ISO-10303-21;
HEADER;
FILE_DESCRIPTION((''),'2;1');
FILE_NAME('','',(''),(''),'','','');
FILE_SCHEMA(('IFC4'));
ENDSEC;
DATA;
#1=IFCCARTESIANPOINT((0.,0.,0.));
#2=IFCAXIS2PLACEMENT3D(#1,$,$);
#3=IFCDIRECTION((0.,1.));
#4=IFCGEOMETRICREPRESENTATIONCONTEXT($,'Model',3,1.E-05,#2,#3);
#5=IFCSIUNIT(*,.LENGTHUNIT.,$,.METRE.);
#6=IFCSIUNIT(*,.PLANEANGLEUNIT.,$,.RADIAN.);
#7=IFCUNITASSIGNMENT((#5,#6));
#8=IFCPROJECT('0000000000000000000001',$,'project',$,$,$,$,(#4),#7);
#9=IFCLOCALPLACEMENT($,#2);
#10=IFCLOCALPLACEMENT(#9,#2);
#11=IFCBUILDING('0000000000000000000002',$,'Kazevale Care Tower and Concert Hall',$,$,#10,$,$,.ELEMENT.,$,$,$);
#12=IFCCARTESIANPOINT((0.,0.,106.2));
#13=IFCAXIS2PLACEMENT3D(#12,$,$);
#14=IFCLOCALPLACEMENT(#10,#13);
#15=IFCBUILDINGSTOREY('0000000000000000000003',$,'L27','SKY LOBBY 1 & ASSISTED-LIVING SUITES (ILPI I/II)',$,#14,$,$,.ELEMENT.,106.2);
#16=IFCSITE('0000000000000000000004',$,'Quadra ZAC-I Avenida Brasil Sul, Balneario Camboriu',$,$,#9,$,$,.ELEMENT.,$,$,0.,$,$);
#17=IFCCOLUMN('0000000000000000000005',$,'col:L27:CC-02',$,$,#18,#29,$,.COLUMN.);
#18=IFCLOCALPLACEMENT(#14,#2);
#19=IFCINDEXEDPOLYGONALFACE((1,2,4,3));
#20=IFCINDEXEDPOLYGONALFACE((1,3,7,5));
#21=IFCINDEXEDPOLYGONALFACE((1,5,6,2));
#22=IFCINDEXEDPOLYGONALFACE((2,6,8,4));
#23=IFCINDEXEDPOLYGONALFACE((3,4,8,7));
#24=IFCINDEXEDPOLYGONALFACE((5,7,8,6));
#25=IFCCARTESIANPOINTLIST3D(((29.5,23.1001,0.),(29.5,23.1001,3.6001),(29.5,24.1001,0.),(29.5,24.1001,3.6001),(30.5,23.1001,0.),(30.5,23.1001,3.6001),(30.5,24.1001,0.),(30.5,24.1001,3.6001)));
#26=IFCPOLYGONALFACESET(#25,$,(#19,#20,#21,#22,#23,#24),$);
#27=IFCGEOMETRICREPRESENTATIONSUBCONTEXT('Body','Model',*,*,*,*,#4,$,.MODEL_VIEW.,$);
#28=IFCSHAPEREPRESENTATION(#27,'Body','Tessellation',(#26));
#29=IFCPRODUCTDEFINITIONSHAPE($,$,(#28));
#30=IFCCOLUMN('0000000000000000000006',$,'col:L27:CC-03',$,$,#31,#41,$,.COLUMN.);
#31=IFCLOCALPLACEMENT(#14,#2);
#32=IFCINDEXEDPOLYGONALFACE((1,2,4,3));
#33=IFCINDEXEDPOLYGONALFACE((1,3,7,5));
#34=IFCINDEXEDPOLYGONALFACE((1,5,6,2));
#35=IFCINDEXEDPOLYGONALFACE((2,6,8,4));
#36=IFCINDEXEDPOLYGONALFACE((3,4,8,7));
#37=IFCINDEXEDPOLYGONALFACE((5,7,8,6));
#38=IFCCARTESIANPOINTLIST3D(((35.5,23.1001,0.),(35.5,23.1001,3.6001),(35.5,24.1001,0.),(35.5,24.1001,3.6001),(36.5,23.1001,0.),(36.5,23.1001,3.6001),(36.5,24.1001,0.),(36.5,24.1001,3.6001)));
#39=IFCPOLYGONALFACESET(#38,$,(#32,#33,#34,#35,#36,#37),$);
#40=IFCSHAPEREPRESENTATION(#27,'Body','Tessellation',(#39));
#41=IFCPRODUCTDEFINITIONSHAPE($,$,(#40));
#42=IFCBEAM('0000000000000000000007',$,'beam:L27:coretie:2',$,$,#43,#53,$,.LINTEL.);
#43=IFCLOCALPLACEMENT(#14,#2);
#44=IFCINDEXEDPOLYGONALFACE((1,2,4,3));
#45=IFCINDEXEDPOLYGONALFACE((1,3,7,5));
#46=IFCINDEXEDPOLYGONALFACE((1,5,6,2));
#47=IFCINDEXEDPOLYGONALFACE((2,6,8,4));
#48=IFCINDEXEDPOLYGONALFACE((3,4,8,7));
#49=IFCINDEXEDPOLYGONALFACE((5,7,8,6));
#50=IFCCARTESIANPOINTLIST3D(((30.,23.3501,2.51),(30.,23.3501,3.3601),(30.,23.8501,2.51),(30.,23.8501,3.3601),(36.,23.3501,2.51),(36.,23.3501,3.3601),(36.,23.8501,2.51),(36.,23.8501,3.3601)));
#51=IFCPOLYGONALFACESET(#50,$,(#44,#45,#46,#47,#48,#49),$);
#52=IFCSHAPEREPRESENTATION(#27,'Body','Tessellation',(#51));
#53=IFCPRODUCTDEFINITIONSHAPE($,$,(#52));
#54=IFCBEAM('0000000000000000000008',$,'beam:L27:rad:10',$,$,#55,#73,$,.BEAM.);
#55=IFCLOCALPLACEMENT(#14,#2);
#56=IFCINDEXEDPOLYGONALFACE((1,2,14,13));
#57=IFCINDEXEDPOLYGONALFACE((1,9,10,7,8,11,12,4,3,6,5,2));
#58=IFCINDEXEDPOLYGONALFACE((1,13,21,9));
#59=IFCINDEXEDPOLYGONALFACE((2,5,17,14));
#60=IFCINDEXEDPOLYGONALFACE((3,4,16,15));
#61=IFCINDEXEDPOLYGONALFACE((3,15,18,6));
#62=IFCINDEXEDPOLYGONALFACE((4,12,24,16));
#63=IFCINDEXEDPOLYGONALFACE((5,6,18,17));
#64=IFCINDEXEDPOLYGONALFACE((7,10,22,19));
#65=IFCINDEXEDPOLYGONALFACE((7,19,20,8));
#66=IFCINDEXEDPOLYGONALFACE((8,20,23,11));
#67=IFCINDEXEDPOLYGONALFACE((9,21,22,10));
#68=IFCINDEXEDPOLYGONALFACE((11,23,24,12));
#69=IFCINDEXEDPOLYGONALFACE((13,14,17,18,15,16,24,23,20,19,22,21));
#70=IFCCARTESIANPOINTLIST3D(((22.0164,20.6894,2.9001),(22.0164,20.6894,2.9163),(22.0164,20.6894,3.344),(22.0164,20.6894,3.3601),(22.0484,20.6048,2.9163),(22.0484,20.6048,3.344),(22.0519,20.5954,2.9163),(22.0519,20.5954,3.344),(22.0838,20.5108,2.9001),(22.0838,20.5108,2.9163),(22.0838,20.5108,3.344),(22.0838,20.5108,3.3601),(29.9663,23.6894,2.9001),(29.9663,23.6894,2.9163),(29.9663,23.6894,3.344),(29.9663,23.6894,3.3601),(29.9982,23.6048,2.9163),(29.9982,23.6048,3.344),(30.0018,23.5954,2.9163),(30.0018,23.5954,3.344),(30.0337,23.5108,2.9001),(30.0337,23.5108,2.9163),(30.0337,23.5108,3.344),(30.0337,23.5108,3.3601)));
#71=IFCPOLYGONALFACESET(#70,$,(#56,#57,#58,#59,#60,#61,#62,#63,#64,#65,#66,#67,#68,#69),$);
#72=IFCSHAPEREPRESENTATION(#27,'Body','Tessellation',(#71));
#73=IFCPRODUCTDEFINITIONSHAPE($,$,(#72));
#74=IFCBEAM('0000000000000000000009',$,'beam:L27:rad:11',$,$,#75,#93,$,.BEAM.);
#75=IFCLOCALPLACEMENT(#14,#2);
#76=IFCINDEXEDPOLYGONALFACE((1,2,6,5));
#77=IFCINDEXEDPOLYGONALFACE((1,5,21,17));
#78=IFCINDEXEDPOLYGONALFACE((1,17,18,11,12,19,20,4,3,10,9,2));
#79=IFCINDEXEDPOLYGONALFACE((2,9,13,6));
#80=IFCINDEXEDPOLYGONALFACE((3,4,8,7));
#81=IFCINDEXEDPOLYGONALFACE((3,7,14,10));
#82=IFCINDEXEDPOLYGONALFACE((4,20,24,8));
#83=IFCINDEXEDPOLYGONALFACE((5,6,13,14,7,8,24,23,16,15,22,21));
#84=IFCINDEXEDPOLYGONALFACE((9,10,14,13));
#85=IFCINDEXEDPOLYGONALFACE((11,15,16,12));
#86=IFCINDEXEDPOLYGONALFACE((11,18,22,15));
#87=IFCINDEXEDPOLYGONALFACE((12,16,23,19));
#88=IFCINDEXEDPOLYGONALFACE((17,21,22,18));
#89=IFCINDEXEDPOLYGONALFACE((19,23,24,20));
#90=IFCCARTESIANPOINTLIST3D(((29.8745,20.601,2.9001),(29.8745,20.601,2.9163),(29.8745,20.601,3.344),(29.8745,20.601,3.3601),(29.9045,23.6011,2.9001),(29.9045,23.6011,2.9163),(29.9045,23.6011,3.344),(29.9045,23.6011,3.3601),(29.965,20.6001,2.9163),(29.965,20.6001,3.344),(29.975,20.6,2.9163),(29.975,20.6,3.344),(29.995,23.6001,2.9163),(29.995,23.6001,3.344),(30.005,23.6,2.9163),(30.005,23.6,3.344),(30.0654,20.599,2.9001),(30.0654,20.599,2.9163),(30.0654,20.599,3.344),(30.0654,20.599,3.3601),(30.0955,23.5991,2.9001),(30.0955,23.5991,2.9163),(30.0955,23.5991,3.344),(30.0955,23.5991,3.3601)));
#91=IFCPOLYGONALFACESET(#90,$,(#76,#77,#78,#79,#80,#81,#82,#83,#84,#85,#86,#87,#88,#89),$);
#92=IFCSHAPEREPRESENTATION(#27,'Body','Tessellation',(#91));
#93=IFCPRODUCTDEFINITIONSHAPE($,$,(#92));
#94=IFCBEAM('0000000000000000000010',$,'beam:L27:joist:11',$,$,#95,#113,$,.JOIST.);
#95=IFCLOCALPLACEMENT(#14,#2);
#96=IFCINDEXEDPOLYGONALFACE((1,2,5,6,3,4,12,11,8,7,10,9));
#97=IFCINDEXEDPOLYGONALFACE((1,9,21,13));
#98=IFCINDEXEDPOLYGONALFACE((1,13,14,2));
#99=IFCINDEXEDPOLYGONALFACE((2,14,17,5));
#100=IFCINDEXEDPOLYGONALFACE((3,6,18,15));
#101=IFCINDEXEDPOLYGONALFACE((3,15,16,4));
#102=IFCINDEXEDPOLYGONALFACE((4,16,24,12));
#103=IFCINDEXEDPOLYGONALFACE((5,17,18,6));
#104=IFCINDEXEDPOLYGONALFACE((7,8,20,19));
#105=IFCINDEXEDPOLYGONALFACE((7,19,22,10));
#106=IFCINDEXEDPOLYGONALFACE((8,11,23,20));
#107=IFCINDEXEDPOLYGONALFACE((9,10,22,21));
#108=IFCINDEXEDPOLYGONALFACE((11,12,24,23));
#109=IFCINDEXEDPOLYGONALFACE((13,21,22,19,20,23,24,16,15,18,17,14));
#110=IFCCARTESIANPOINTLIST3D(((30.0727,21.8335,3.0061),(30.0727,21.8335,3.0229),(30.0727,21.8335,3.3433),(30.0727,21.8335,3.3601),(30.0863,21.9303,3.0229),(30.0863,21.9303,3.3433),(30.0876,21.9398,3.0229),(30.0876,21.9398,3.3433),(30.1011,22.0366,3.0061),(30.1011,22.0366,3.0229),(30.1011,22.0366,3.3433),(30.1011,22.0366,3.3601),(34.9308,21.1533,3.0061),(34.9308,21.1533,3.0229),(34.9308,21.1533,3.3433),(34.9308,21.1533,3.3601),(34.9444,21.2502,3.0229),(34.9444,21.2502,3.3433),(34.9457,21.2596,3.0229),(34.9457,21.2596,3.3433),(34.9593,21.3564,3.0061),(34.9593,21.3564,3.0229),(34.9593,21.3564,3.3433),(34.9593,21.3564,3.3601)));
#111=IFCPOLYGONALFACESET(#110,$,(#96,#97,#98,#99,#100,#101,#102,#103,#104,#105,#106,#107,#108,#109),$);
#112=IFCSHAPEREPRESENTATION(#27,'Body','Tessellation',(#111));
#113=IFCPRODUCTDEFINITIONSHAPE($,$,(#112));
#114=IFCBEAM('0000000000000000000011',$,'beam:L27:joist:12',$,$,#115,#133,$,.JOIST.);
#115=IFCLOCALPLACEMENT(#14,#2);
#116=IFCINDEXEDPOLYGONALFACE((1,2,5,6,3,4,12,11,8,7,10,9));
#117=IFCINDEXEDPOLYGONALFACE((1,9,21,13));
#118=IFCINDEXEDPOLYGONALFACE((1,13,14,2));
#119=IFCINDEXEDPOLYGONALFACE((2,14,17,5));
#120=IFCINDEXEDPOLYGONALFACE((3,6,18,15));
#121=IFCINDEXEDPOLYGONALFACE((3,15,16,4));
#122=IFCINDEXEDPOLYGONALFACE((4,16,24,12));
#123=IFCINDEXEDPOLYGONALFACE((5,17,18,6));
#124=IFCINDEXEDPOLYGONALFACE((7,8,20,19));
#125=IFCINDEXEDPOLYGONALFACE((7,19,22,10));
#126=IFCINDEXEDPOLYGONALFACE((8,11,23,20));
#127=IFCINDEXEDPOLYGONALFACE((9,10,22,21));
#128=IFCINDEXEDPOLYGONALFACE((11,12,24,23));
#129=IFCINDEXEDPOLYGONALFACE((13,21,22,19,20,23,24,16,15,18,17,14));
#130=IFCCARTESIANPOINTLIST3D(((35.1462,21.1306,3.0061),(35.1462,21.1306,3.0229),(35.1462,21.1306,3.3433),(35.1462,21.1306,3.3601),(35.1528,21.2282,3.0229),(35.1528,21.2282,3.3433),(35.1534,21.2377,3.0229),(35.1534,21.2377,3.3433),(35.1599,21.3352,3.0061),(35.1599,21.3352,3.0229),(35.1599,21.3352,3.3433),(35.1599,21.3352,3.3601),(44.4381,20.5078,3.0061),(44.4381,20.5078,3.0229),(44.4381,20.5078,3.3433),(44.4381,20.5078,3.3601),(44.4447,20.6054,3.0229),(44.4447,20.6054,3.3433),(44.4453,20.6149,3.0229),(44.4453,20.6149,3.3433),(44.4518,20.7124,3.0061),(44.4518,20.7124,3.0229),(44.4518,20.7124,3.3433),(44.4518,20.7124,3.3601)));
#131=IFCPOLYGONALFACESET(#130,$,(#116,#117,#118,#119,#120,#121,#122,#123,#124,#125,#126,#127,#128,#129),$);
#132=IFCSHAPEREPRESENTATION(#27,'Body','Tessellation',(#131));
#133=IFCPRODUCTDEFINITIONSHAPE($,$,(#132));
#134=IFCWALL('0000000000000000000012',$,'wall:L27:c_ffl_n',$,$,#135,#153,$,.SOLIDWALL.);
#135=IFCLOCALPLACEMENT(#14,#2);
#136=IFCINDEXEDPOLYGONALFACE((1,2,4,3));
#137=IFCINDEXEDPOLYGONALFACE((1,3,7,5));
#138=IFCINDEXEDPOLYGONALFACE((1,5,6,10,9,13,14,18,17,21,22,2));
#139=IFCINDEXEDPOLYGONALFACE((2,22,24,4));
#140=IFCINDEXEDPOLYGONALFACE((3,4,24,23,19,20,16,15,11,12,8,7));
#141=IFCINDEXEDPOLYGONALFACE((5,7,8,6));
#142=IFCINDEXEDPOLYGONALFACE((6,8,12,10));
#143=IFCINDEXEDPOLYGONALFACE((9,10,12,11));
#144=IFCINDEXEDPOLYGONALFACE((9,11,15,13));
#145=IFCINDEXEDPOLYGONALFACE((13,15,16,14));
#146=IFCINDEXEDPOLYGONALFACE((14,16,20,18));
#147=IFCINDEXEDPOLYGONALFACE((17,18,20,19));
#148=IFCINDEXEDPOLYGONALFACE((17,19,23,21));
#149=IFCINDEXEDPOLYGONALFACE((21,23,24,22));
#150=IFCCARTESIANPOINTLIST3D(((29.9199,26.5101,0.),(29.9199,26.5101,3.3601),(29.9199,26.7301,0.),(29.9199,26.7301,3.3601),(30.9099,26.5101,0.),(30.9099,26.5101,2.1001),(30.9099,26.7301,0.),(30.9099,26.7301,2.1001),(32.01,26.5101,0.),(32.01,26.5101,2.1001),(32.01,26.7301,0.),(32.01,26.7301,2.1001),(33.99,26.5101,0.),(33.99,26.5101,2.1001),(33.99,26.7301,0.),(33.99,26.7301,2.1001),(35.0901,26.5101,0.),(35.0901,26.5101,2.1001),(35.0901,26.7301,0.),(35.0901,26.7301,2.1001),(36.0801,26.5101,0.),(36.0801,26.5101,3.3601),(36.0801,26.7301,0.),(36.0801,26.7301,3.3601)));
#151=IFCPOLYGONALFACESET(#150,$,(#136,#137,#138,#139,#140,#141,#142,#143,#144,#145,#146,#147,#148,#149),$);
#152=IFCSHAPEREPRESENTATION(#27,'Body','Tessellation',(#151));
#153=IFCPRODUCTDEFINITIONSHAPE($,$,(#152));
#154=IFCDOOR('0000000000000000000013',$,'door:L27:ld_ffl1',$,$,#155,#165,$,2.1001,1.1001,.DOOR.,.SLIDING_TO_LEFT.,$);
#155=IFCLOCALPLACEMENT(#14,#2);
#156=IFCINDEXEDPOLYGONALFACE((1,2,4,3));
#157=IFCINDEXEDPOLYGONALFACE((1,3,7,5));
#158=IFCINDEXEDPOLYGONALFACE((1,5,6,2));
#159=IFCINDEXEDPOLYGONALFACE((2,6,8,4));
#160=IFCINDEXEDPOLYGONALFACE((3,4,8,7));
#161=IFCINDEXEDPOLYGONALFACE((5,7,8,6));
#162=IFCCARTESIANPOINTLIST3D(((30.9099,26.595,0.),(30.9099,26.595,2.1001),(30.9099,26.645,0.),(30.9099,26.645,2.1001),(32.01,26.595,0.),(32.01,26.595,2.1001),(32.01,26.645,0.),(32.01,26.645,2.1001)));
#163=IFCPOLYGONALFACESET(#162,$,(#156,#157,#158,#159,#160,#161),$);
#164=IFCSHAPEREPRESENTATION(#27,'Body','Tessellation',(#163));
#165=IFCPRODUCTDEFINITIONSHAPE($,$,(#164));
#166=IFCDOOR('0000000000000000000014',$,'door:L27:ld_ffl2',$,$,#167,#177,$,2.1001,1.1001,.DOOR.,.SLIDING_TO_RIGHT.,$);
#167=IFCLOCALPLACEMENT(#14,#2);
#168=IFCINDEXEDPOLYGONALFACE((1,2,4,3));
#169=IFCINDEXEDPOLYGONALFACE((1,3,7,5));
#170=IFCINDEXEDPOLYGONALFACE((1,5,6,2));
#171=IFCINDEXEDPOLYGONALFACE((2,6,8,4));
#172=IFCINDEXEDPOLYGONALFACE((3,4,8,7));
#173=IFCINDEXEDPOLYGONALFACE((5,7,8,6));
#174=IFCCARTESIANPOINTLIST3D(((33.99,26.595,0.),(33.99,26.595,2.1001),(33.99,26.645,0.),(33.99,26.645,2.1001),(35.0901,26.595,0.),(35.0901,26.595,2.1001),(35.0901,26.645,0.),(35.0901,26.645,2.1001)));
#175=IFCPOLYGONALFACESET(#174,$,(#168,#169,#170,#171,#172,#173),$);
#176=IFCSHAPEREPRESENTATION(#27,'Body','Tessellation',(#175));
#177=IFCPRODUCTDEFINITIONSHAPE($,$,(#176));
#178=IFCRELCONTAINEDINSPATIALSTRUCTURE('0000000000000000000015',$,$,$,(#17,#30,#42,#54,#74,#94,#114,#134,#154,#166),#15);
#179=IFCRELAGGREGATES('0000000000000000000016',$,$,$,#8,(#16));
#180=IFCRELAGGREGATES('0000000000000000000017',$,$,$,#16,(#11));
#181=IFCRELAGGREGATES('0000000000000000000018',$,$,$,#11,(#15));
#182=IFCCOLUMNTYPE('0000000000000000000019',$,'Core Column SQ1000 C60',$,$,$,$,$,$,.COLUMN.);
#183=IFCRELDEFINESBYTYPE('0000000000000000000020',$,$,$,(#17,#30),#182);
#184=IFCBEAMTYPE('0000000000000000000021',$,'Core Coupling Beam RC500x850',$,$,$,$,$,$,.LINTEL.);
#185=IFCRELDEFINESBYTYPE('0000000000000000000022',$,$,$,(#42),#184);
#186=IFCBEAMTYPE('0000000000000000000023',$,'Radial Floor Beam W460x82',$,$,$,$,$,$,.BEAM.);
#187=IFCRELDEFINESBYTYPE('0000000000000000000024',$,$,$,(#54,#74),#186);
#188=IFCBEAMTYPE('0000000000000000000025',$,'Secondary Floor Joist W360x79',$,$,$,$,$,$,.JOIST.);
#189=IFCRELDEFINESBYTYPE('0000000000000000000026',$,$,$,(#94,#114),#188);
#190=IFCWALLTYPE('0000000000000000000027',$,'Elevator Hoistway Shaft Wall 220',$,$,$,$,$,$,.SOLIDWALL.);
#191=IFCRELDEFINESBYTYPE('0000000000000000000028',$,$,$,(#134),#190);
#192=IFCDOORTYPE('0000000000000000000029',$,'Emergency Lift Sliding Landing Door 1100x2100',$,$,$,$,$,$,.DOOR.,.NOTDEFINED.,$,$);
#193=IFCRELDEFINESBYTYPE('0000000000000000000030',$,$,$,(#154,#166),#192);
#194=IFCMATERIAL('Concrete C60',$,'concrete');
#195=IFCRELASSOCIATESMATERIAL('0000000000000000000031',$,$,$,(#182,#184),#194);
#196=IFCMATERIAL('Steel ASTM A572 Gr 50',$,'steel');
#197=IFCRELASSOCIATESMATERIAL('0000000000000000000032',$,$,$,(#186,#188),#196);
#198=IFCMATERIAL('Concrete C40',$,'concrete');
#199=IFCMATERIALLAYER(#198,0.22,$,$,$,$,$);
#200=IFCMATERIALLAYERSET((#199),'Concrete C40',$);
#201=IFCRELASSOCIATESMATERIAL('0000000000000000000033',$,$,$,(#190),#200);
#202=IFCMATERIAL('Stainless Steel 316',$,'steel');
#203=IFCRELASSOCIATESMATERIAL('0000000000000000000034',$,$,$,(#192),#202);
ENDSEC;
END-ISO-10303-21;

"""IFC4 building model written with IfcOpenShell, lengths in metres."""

from ifc_helpers import new_model, si_unit, direction, frame, frame_2d, origin, origin_2d, place, context, subcontext, project, spatial, rectangle, i_section, extrude, material, layer, layer_set, material_profile, profile_set, type_object, element, fill, save


model = new_model("IFC4")

# Units and contexts
model_context = context("Model", 3, precision=1e-05, world=origin(), true_north=direction((0.0, 1.0)))
body_context = subcontext(model_context, "Body", "Model", "MODEL_VIEW")
ifc_project = project(units=[si_unit("LENGTHUNIT", "METRE"), si_unit("PLANEANGLEUNIT", "RADIAN")], contexts=[model_context])

# Site, building, storey
site_placement = place(None, origin())
site = spatial("IfcSite", under=ifc_project, at=site_placement, Name="Quadra ZAC-I Avenida Brasil Sul, Balneario Camboriu", CompositionType="ELEMENT", RefElevation=0.0)
building_placement = place(site_placement, origin())
building = spatial("IfcBuilding", under=site, at=building_placement, Name="Kazevale Care Tower and Concert Hall", CompositionType="ELEMENT")
storey_placement = place(building_placement, frame((0.0, 0.0, 106.2)))
storey = spatial("IfcBuildingStorey", under=building, at=storey_placement, Name="L27", Description="SKY LOBBY 1 & ASSISTED-LIVING SUITES (ILPI I/II)", CompositionType="ELEMENT", Elevation=106.2)

# Columns
ifc_material_1 = material(Name="Concrete C60", Category="concrete")
ifc_material_profile_1 = material_profile(ifc_material_1, rectangle(XDim=1.0, YDim=1.0, at=origin_2d()), Name="RC-SQ1000")
ifc_profile_set_1 = profile_set([ifc_material_profile_1], Name="Concrete C60")
column_type = type_object("IfcColumnType", Name="Core Column SQ1000 C60", PredefinedType="COLUMN", material=ifc_profile_set_1)
for number, where, z_axis, x_axis, name in (
    (1, (30.0, 23.6001, 0.0), (0.0, 0.0, 1.0), (1.0, 0.0, 0.0), "col:L27:CC-02"),
    (2, (36.0, 23.6001, 0.0), (0.0, 0.0, 1.0), (1.0, 0.0, 0.0), "col:L27:CC-03"),
):
    element("IfcColumn", number, at=place(storey_placement, frame(where, z_axis=z_axis, x_axis=x_axis)), inside=storey, type_object=column_type, Name=name, PredefinedType="COLUMN", context=body_context, shape_type="SweptSolid", body=[
        extrude(rectangle(XDim=1.0, YDim=1.0, at=origin_2d()), origin(), (0.0, 0.0, 1.0), 3.6001),
    ])

# Beams
ifc_material_profile_2 = material_profile(ifc_material_1, rectangle(XDim=0.5, YDim=0.8501, at=origin_2d()), Name="RC-B500x850")
ifc_profile_set_2 = profile_set([ifc_material_profile_2], Name="Concrete C60")
beam_type_1 = type_object("IfcBeamType", Name="Core Coupling Beam RC500x850", PredefinedType="LINTEL", material=ifc_profile_set_2)
beam_1_placement = place(storey_placement, frame((30.0, 23.6001, 2.9351), z_axis=(1.0, 0.0, 0.0), x_axis=(0.0, 1.0, 0.0)))
element("IfcBeam", 3, at=beam_1_placement, inside=storey, type_object=beam_type_1, Name="beam:L27:coretie:2", PredefinedType="LINTEL", context=body_context, shape_type="SweptSolid", body=[
    extrude(rectangle(XDim=0.5, YDim=0.8501, at=origin_2d()), origin(), (0.0, 0.0, 1.0), 6.0),
])
ifc_material_2 = material(Name="Steel ASTM A572 Gr 50", Category="steel")
ifc_material_profile_3 = material_profile(ifc_material_2, i_section(OverallWidth=0.1909, OverallDepth=0.46, WebThickness=0.01, FlangeThickness=0.0161, at=origin_2d()), Name="W460x82")
ifc_profile_set_3 = profile_set([ifc_material_profile_3], Name="Steel ASTM A572 Gr 50")
beam_type_2 = type_object("IfcBeamType", Name="Radial Floor Beam W460x82", PredefinedType="BEAM", material=ifc_profile_set_3)
beam_2_placement = place(storey_placement, frame((30.0, 23.6001, 3.1301), z_axis=(-0.935601, -0.353059, 0.0), x_axis=(0.353059, -0.935601, 0.0)))
element("IfcBeam", 4, at=beam_2_placement, inside=storey, type_object=beam_type_2, Name="beam:L27:rad:10", PredefinedType="BEAM", context=body_context, shape_type="SweptSolid", body=[
    extrude(i_section(OverallWidth=0.1909, OverallDepth=0.46, WebThickness=0.01, FlangeThickness=0.0161, at=origin_2d()), origin(), (0.0, 0.0, 1.0), 8.4971),
])
beam_3_placement = place(storey_placement, frame((30.0, 23.6001, 3.1301), z_axis=(-0.010009, -0.99995, 0.0), x_axis=(0.99995, -0.010009, 0.0)))
element("IfcBeam", 5, at=beam_3_placement, inside=storey, type_object=beam_type_2, Name="beam:L27:rad:11", PredefinedType="BEAM", context=body_context, shape_type="SweptSolid", body=[
    extrude(i_section(OverallWidth=0.1909, OverallDepth=0.46, WebThickness=0.01, FlangeThickness=0.0161, at=origin_2d()), origin(), (0.0, 0.0, 1.0), 3.0002),
])
ifc_material_profile_4 = material_profile(ifc_material_2, i_section(OverallWidth=0.2051, OverallDepth=0.354, WebThickness=0.0095, FlangeThickness=0.0168, at=origin_2d()), Name="W360x79")
ifc_profile_set_4 = profile_set([ifc_material_profile_4], Name="Steel ASTM A572 Gr 50")
beam_type_3 = type_object("IfcBeamType", Name="Secondary Floor Joist W360x79", PredefinedType="JOIST", material=ifc_profile_set_4)
beam_4_placement = place(storey_placement, frame((30.0869, 21.9351, 3.1831), z_axis=(0.990341, -0.138655, 0.0), x_axis=(0.138655, 0.990341, 0.0)))
element("IfcBeam", 6, at=beam_4_placement, inside=storey, type_object=beam_type_3, Name="beam:L27:joist:11", PredefinedType="JOIST", context=body_context, shape_type="SweptSolid", body=[
    extrude(i_section(OverallWidth=0.2051, OverallDepth=0.354, WebThickness=0.0095, FlangeThickness=0.0168, at=origin_2d()), origin(), (0.0, 0.0, 1.0), 4.9055),
])
beam_5_placement = place(storey_placement, frame((35.1531, 21.2329, 3.1831), z_axis=(0.997761, -0.066876, 0.0), x_axis=(0.066876, 0.997761, 0.0)))
element("IfcBeam", 7, at=beam_5_placement, inside=storey, type_object=beam_type_3, Name="beam:L27:joist:12", PredefinedType="JOIST", context=body_context, shape_type="SweptSolid", body=[
    extrude(i_section(OverallWidth=0.2051, OverallDepth=0.354, WebThickness=0.0095, FlangeThickness=0.0168, at=origin_2d()), origin(), (0.0, 0.0, 1.0), 9.3127),
])

# Wall, openings, doors
ifc_material_3 = material(Name="Concrete C40", Category="concrete")
ifc_layer_1 = layer(ifc_material_3, 0.22)
ifc_layer_set_1 = layer_set([ifc_layer_1], Name="Concrete C40")
wall_type_1 = type_object("IfcWallType", Name="Elevator Hoistway Shaft Wall 220", PredefinedType="SOLIDWALL", material=ifc_layer_set_1)
wall_1_placement = place(storey_placement, frame((29.9199, 26.6201, 0.0), z_axis=(0.0, 0.0, 1.0), x_axis=(1.0, 0.0, 0.0)))
wall_1 = element("IfcWall", 8, at=wall_1_placement, inside=storey, type_object=wall_type_1, Name="wall:L27:c_ffl_n", PredefinedType="SOLIDWALL", context=body_context, shape_type="SweptSolid", body=[
    extrude(rectangle(XDim=6.1602, YDim=0.22, at=frame_2d((3.0801, 0.0))), origin(), (0.0, 0.0, 1.0), 3.3601),
])
opening_1_placement = place(wall_1_placement, frame((0.99, 0.0, 0.0)))
opening_1 = element("IfcOpeningElement", 9, at=opening_1_placement, cuts=wall_1, PredefinedType="OPENING", context=body_context, shape_type="SweptSolid", body=[
    extrude(rectangle(XDim=1.1001, YDim=2.1001, at=frame_2d((0.55, 1.05))), frame((0.0, 0.1199, 0.0), z_axis=(0.0, -1.0, 0.0), x_axis=(1.0, 0.0, 0.0)), (0.0, 0.0, 1.0), 0.24),
])
opening_2_placement = place(wall_1_placement, frame((4.0701, 0.0, 0.0)))
opening_2 = element("IfcOpeningElement", 10, at=opening_2_placement, cuts=wall_1, PredefinedType="OPENING", context=body_context, shape_type="SweptSolid", body=[
    extrude(rectangle(XDim=1.1001, YDim=2.1001, at=frame_2d((0.55, 1.05))), frame((0.0, 0.1199, 0.0), z_axis=(0.0, -1.0, 0.0), x_axis=(1.0, 0.0, 0.0)), (0.0, 0.0, 1.0), 0.24),
])
ifc_material_4 = material(Name="Stainless Steel 316", Category="steel")
door_type_1 = type_object("IfcDoorType", Name="Emergency Lift Sliding Landing Door 1100x2100", OperationType="NOTDEFINED", PredefinedType="DOOR", material=ifc_material_4)
door_1_placement = place(opening_1_placement, origin())
door_1 = element("IfcDoor", 11, at=door_1_placement, inside=storey, type_object=door_type_1, Name="door:L27:ld_ffl1", OperationType="SLIDING_TO_LEFT", OverallHeight=2.1001, OverallWidth=1.1001, PredefinedType="DOOR", context=body_context, shape_type="SweptSolid", body=[
    extrude(rectangle(XDim=1.1001, YDim=2.1001, at=frame_2d((0.55, 1.05))), frame((0.0, 0.0249, 0.0), z_axis=(0.0, -1.0, 0.0), x_axis=(1.0, 0.0, 0.0)), (0.0, 0.0, 1.0), 0.05),
])
fill(opening_1, door_1)
door_2_placement = place(opening_2_placement, origin())
door_2 = element("IfcDoor", 12, at=door_2_placement, inside=storey, type_object=door_type_1, Name="door:L27:ld_ffl2", OperationType="SLIDING_TO_RIGHT", OverallHeight=2.1001, OverallWidth=1.1001, PredefinedType="DOOR", context=body_context, shape_type="SweptSolid", body=[
    extrude(rectangle(XDim=1.1001, YDim=2.1001, at=frame_2d((0.55, 1.05))), frame((0.0, 0.0249, 0.0), z_axis=(0.0, -1.0, 0.0), x_axis=(1.0, 0.0, 0.0)), (0.0, 0.0, 1.0), 0.05),
])
fill(opening_2, door_2)

save(model, "model.ifc")
